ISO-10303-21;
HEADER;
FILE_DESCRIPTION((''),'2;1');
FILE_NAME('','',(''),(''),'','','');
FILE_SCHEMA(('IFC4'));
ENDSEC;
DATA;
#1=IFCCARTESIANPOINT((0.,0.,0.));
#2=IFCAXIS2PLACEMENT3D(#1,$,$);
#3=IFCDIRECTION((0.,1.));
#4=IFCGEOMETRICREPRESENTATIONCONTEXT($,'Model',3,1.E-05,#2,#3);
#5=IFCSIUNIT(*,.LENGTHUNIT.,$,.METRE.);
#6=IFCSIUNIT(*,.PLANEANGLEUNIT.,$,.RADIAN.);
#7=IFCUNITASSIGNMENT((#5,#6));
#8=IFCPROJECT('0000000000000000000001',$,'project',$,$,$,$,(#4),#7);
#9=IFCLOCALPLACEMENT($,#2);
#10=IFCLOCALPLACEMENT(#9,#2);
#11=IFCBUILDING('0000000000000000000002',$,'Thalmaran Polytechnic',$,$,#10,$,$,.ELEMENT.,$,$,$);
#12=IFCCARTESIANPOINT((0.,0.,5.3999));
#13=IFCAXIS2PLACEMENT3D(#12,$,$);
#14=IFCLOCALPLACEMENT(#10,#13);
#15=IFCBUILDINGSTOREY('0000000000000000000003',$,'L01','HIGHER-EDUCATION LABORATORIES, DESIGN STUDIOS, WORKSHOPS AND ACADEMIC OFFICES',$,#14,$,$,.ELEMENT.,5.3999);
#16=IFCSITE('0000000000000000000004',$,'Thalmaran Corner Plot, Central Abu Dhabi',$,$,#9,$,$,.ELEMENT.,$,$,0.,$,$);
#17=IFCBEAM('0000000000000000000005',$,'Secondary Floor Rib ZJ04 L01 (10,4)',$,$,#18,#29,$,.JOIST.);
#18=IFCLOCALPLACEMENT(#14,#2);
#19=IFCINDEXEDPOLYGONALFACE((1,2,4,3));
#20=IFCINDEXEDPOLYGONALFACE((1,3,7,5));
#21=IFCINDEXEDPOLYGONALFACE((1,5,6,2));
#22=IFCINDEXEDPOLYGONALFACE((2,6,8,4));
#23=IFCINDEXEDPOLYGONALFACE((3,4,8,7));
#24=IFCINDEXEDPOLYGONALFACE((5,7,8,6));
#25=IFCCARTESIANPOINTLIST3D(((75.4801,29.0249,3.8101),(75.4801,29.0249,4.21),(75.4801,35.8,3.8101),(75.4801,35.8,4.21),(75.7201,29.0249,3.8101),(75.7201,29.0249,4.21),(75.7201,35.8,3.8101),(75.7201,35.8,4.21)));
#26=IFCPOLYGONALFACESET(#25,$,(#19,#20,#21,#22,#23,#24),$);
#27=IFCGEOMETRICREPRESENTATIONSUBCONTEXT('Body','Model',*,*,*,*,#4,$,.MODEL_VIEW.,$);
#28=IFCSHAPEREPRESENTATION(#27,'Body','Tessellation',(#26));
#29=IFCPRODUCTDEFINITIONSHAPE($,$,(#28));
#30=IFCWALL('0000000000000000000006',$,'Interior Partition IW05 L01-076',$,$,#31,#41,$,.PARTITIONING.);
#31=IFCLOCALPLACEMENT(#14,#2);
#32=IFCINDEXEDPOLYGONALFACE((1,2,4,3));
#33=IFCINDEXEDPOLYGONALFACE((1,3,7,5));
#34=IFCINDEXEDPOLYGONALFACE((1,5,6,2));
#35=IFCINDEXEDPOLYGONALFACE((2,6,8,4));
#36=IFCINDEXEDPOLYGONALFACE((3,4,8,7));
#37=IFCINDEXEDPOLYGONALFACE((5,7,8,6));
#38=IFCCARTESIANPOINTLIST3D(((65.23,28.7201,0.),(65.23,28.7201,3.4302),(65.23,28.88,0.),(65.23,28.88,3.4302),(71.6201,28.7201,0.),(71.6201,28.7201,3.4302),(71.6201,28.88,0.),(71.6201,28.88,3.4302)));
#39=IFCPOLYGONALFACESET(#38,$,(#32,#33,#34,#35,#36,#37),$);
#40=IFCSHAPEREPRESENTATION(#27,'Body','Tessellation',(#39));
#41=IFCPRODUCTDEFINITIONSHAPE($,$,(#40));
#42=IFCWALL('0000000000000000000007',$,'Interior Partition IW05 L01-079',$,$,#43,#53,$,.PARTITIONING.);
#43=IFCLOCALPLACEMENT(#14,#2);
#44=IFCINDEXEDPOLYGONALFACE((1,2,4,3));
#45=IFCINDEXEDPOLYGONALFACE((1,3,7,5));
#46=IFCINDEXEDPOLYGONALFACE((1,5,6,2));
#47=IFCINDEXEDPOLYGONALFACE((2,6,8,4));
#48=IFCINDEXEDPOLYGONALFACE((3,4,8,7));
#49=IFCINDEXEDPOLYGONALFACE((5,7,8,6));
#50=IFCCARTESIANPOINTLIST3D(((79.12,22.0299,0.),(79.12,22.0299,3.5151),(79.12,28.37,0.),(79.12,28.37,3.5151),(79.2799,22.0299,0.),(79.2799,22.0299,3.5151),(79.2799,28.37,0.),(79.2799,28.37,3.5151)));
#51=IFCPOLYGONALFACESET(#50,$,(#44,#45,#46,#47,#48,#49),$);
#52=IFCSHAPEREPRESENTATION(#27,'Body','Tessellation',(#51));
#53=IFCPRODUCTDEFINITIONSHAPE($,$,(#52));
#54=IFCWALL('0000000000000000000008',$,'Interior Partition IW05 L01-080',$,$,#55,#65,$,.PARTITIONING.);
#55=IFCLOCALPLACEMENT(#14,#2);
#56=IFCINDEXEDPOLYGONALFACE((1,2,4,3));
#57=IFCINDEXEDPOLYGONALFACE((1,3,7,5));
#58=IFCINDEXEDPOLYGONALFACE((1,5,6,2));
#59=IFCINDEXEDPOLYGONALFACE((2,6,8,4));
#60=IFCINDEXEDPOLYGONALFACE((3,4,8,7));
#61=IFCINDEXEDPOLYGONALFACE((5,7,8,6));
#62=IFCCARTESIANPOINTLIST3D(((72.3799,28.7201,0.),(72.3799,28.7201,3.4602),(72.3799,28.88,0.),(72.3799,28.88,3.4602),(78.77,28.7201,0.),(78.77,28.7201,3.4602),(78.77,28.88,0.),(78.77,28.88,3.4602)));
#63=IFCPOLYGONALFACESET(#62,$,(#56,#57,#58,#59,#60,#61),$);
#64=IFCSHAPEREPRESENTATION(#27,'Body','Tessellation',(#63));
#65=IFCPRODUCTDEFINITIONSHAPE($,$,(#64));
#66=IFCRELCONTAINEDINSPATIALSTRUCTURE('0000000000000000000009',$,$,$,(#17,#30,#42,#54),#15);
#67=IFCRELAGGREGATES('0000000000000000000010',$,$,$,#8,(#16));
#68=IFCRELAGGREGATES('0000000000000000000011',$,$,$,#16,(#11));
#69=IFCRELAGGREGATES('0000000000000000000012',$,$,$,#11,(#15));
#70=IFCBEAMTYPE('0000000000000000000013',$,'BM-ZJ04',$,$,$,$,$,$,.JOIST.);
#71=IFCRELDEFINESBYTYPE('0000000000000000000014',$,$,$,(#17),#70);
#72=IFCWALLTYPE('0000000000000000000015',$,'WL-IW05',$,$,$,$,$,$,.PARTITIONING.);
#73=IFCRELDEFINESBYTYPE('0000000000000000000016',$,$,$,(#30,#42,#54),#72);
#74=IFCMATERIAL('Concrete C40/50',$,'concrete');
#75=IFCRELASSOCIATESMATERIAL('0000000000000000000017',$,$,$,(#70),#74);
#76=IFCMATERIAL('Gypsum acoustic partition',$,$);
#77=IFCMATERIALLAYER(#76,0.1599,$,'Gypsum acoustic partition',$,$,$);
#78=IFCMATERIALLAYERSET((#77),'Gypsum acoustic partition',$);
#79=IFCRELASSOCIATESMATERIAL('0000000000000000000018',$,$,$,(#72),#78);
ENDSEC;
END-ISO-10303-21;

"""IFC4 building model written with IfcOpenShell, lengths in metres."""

from ifc_helpers import new_model, si_unit, direction, frame, frame_2d, origin, origin_2d, place, context, subcontext, project, spatial, rectangle, extrude, material, layer, layer_set, material_profile, profile_set, type_object, element, save


model = new_model("IFC4")

# Units and contexts
model_context = context("Model", 3, precision=1e-05, world=origin(), true_north=direction((0.0, 1.0)))
body_context = subcontext(model_context, "Body", "Model", "MODEL_VIEW")
ifc_project = project(units=[si_unit("LENGTHUNIT", "METRE"), si_unit("PLANEANGLEUNIT", "RADIAN")], contexts=[model_context])

# Site, building, storey
site_placement = place(None, origin())
site = spatial("IfcSite", under=ifc_project, at=site_placement, Name="Thalmaran Corner Plot, Central Abu Dhabi", CompositionType="ELEMENT", RefElevation=0.0)
building_placement = place(site_placement, origin())
building = spatial("IfcBuilding", under=site, at=building_placement, Name="Thalmaran Polytechnic", CompositionType="ELEMENT")
storey_placement = place(building_placement, frame((0.0, 0.0, 5.3999)))
storey = spatial("IfcBuildingStorey", under=building, at=storey_placement, Name="L01", Description="HIGHER-EDUCATION LABORATORIES, DESIGN STUDIOS, WORKSHOPS AND ACADEMIC OFFICES", CompositionType="ELEMENT", Elevation=5.3999)

# Beam
ifc_material_1 = material(Name="Concrete C40/50", Category="concrete")
ifc_material_profile_1 = material_profile(ifc_material_1, rectangle(XDim=0.24, YDim=0.3999, at=origin_2d()), Name="RC 240x400")
ifc_profile_set_1 = profile_set([ifc_material_profile_1], Name="Concrete C40/50")
beam_type_1 = type_object("IfcBeamType", Name="BM-ZJ04", PredefinedType="JOIST", material=ifc_profile_set_1)
beam_1_placement = place(storey_placement, frame((75.6001, 29.0249, 4.01), z_axis=(0.0, 1.0, 0.0), x_axis=(-1.0, 0.0, 0.0)))
element("IfcBeam", 1, at=beam_1_placement, inside=storey, type_object=beam_type_1, Name="Secondary Floor Rib ZJ04 L01 (10,4)", PredefinedType="JOIST", context=body_context, shape_type="SweptSolid", body=[
    extrude(rectangle(XDim=0.24, YDim=0.3999, at=origin_2d()), origin(), (0.0, 0.0, 1.0), 6.7751),
])

# Walls
ifc_material_2 = material(Name="Gypsum acoustic partition")
ifc_layer = layer(ifc_material_2, 0.1599, Name="Gypsum acoustic partition")
ifc_layer_set = layer_set([ifc_layer], Name="Gypsum acoustic partition")
wall_type = type_object("IfcWallType", Name="WL-IW05", PredefinedType="PARTITIONING", material=ifc_layer_set)
wall_1_placement = place(storey_placement, frame((65.23, 28.8, 0.0), z_axis=(0.0, 0.0, 1.0), x_axis=(1.0, 0.0, 0.0)))
element("IfcWall", 2, at=wall_1_placement, inside=storey, type_object=wall_type, Name="Interior Partition IW05 L01-076", PredefinedType="PARTITIONING", context=body_context, shape_type="SweptSolid", body=[
    extrude(rectangle(XDim=6.3901, YDim=0.1599, at=frame_2d((3.1951, 0.0))), origin(), (0.0, 0.0, 1.0), 3.4302),
])
wall_2_placement = place(storey_placement, frame((79.2, 22.03, 0.0), z_axis=(0.0, 0.0, 1.0), x_axis=(0.0, 1.0, 0.0)))
element("IfcWall", 3, at=wall_2_placement, inside=storey, type_object=wall_type, Name="Interior Partition IW05 L01-079", PredefinedType="PARTITIONING", context=body_context, shape_type="SweptSolid", body=[
    extrude(rectangle(XDim=6.3401, YDim=0.1599, at=frame_2d((3.1699, 0.0))), origin(), (0.0, 0.0, 1.0), 3.5151),
])
wall_3_placement = place(storey_placement, frame((72.3799, 28.8, 0.0), z_axis=(0.0, 0.0, 1.0), x_axis=(1.0, 0.0, 0.0)))
element("IfcWall", 4, at=wall_3_placement, inside=storey, type_object=wall_type, Name="Interior Partition IW05 L01-080", PredefinedType="PARTITIONING", context=body_context, shape_type="SweptSolid", body=[
    extrude(rectangle(XDim=6.3901, YDim=0.1599, at=frame_2d((3.1951, 0.0))), origin(), (0.0, 0.0, 1.0), 3.4602),
])

save(model, "model.ifc")
